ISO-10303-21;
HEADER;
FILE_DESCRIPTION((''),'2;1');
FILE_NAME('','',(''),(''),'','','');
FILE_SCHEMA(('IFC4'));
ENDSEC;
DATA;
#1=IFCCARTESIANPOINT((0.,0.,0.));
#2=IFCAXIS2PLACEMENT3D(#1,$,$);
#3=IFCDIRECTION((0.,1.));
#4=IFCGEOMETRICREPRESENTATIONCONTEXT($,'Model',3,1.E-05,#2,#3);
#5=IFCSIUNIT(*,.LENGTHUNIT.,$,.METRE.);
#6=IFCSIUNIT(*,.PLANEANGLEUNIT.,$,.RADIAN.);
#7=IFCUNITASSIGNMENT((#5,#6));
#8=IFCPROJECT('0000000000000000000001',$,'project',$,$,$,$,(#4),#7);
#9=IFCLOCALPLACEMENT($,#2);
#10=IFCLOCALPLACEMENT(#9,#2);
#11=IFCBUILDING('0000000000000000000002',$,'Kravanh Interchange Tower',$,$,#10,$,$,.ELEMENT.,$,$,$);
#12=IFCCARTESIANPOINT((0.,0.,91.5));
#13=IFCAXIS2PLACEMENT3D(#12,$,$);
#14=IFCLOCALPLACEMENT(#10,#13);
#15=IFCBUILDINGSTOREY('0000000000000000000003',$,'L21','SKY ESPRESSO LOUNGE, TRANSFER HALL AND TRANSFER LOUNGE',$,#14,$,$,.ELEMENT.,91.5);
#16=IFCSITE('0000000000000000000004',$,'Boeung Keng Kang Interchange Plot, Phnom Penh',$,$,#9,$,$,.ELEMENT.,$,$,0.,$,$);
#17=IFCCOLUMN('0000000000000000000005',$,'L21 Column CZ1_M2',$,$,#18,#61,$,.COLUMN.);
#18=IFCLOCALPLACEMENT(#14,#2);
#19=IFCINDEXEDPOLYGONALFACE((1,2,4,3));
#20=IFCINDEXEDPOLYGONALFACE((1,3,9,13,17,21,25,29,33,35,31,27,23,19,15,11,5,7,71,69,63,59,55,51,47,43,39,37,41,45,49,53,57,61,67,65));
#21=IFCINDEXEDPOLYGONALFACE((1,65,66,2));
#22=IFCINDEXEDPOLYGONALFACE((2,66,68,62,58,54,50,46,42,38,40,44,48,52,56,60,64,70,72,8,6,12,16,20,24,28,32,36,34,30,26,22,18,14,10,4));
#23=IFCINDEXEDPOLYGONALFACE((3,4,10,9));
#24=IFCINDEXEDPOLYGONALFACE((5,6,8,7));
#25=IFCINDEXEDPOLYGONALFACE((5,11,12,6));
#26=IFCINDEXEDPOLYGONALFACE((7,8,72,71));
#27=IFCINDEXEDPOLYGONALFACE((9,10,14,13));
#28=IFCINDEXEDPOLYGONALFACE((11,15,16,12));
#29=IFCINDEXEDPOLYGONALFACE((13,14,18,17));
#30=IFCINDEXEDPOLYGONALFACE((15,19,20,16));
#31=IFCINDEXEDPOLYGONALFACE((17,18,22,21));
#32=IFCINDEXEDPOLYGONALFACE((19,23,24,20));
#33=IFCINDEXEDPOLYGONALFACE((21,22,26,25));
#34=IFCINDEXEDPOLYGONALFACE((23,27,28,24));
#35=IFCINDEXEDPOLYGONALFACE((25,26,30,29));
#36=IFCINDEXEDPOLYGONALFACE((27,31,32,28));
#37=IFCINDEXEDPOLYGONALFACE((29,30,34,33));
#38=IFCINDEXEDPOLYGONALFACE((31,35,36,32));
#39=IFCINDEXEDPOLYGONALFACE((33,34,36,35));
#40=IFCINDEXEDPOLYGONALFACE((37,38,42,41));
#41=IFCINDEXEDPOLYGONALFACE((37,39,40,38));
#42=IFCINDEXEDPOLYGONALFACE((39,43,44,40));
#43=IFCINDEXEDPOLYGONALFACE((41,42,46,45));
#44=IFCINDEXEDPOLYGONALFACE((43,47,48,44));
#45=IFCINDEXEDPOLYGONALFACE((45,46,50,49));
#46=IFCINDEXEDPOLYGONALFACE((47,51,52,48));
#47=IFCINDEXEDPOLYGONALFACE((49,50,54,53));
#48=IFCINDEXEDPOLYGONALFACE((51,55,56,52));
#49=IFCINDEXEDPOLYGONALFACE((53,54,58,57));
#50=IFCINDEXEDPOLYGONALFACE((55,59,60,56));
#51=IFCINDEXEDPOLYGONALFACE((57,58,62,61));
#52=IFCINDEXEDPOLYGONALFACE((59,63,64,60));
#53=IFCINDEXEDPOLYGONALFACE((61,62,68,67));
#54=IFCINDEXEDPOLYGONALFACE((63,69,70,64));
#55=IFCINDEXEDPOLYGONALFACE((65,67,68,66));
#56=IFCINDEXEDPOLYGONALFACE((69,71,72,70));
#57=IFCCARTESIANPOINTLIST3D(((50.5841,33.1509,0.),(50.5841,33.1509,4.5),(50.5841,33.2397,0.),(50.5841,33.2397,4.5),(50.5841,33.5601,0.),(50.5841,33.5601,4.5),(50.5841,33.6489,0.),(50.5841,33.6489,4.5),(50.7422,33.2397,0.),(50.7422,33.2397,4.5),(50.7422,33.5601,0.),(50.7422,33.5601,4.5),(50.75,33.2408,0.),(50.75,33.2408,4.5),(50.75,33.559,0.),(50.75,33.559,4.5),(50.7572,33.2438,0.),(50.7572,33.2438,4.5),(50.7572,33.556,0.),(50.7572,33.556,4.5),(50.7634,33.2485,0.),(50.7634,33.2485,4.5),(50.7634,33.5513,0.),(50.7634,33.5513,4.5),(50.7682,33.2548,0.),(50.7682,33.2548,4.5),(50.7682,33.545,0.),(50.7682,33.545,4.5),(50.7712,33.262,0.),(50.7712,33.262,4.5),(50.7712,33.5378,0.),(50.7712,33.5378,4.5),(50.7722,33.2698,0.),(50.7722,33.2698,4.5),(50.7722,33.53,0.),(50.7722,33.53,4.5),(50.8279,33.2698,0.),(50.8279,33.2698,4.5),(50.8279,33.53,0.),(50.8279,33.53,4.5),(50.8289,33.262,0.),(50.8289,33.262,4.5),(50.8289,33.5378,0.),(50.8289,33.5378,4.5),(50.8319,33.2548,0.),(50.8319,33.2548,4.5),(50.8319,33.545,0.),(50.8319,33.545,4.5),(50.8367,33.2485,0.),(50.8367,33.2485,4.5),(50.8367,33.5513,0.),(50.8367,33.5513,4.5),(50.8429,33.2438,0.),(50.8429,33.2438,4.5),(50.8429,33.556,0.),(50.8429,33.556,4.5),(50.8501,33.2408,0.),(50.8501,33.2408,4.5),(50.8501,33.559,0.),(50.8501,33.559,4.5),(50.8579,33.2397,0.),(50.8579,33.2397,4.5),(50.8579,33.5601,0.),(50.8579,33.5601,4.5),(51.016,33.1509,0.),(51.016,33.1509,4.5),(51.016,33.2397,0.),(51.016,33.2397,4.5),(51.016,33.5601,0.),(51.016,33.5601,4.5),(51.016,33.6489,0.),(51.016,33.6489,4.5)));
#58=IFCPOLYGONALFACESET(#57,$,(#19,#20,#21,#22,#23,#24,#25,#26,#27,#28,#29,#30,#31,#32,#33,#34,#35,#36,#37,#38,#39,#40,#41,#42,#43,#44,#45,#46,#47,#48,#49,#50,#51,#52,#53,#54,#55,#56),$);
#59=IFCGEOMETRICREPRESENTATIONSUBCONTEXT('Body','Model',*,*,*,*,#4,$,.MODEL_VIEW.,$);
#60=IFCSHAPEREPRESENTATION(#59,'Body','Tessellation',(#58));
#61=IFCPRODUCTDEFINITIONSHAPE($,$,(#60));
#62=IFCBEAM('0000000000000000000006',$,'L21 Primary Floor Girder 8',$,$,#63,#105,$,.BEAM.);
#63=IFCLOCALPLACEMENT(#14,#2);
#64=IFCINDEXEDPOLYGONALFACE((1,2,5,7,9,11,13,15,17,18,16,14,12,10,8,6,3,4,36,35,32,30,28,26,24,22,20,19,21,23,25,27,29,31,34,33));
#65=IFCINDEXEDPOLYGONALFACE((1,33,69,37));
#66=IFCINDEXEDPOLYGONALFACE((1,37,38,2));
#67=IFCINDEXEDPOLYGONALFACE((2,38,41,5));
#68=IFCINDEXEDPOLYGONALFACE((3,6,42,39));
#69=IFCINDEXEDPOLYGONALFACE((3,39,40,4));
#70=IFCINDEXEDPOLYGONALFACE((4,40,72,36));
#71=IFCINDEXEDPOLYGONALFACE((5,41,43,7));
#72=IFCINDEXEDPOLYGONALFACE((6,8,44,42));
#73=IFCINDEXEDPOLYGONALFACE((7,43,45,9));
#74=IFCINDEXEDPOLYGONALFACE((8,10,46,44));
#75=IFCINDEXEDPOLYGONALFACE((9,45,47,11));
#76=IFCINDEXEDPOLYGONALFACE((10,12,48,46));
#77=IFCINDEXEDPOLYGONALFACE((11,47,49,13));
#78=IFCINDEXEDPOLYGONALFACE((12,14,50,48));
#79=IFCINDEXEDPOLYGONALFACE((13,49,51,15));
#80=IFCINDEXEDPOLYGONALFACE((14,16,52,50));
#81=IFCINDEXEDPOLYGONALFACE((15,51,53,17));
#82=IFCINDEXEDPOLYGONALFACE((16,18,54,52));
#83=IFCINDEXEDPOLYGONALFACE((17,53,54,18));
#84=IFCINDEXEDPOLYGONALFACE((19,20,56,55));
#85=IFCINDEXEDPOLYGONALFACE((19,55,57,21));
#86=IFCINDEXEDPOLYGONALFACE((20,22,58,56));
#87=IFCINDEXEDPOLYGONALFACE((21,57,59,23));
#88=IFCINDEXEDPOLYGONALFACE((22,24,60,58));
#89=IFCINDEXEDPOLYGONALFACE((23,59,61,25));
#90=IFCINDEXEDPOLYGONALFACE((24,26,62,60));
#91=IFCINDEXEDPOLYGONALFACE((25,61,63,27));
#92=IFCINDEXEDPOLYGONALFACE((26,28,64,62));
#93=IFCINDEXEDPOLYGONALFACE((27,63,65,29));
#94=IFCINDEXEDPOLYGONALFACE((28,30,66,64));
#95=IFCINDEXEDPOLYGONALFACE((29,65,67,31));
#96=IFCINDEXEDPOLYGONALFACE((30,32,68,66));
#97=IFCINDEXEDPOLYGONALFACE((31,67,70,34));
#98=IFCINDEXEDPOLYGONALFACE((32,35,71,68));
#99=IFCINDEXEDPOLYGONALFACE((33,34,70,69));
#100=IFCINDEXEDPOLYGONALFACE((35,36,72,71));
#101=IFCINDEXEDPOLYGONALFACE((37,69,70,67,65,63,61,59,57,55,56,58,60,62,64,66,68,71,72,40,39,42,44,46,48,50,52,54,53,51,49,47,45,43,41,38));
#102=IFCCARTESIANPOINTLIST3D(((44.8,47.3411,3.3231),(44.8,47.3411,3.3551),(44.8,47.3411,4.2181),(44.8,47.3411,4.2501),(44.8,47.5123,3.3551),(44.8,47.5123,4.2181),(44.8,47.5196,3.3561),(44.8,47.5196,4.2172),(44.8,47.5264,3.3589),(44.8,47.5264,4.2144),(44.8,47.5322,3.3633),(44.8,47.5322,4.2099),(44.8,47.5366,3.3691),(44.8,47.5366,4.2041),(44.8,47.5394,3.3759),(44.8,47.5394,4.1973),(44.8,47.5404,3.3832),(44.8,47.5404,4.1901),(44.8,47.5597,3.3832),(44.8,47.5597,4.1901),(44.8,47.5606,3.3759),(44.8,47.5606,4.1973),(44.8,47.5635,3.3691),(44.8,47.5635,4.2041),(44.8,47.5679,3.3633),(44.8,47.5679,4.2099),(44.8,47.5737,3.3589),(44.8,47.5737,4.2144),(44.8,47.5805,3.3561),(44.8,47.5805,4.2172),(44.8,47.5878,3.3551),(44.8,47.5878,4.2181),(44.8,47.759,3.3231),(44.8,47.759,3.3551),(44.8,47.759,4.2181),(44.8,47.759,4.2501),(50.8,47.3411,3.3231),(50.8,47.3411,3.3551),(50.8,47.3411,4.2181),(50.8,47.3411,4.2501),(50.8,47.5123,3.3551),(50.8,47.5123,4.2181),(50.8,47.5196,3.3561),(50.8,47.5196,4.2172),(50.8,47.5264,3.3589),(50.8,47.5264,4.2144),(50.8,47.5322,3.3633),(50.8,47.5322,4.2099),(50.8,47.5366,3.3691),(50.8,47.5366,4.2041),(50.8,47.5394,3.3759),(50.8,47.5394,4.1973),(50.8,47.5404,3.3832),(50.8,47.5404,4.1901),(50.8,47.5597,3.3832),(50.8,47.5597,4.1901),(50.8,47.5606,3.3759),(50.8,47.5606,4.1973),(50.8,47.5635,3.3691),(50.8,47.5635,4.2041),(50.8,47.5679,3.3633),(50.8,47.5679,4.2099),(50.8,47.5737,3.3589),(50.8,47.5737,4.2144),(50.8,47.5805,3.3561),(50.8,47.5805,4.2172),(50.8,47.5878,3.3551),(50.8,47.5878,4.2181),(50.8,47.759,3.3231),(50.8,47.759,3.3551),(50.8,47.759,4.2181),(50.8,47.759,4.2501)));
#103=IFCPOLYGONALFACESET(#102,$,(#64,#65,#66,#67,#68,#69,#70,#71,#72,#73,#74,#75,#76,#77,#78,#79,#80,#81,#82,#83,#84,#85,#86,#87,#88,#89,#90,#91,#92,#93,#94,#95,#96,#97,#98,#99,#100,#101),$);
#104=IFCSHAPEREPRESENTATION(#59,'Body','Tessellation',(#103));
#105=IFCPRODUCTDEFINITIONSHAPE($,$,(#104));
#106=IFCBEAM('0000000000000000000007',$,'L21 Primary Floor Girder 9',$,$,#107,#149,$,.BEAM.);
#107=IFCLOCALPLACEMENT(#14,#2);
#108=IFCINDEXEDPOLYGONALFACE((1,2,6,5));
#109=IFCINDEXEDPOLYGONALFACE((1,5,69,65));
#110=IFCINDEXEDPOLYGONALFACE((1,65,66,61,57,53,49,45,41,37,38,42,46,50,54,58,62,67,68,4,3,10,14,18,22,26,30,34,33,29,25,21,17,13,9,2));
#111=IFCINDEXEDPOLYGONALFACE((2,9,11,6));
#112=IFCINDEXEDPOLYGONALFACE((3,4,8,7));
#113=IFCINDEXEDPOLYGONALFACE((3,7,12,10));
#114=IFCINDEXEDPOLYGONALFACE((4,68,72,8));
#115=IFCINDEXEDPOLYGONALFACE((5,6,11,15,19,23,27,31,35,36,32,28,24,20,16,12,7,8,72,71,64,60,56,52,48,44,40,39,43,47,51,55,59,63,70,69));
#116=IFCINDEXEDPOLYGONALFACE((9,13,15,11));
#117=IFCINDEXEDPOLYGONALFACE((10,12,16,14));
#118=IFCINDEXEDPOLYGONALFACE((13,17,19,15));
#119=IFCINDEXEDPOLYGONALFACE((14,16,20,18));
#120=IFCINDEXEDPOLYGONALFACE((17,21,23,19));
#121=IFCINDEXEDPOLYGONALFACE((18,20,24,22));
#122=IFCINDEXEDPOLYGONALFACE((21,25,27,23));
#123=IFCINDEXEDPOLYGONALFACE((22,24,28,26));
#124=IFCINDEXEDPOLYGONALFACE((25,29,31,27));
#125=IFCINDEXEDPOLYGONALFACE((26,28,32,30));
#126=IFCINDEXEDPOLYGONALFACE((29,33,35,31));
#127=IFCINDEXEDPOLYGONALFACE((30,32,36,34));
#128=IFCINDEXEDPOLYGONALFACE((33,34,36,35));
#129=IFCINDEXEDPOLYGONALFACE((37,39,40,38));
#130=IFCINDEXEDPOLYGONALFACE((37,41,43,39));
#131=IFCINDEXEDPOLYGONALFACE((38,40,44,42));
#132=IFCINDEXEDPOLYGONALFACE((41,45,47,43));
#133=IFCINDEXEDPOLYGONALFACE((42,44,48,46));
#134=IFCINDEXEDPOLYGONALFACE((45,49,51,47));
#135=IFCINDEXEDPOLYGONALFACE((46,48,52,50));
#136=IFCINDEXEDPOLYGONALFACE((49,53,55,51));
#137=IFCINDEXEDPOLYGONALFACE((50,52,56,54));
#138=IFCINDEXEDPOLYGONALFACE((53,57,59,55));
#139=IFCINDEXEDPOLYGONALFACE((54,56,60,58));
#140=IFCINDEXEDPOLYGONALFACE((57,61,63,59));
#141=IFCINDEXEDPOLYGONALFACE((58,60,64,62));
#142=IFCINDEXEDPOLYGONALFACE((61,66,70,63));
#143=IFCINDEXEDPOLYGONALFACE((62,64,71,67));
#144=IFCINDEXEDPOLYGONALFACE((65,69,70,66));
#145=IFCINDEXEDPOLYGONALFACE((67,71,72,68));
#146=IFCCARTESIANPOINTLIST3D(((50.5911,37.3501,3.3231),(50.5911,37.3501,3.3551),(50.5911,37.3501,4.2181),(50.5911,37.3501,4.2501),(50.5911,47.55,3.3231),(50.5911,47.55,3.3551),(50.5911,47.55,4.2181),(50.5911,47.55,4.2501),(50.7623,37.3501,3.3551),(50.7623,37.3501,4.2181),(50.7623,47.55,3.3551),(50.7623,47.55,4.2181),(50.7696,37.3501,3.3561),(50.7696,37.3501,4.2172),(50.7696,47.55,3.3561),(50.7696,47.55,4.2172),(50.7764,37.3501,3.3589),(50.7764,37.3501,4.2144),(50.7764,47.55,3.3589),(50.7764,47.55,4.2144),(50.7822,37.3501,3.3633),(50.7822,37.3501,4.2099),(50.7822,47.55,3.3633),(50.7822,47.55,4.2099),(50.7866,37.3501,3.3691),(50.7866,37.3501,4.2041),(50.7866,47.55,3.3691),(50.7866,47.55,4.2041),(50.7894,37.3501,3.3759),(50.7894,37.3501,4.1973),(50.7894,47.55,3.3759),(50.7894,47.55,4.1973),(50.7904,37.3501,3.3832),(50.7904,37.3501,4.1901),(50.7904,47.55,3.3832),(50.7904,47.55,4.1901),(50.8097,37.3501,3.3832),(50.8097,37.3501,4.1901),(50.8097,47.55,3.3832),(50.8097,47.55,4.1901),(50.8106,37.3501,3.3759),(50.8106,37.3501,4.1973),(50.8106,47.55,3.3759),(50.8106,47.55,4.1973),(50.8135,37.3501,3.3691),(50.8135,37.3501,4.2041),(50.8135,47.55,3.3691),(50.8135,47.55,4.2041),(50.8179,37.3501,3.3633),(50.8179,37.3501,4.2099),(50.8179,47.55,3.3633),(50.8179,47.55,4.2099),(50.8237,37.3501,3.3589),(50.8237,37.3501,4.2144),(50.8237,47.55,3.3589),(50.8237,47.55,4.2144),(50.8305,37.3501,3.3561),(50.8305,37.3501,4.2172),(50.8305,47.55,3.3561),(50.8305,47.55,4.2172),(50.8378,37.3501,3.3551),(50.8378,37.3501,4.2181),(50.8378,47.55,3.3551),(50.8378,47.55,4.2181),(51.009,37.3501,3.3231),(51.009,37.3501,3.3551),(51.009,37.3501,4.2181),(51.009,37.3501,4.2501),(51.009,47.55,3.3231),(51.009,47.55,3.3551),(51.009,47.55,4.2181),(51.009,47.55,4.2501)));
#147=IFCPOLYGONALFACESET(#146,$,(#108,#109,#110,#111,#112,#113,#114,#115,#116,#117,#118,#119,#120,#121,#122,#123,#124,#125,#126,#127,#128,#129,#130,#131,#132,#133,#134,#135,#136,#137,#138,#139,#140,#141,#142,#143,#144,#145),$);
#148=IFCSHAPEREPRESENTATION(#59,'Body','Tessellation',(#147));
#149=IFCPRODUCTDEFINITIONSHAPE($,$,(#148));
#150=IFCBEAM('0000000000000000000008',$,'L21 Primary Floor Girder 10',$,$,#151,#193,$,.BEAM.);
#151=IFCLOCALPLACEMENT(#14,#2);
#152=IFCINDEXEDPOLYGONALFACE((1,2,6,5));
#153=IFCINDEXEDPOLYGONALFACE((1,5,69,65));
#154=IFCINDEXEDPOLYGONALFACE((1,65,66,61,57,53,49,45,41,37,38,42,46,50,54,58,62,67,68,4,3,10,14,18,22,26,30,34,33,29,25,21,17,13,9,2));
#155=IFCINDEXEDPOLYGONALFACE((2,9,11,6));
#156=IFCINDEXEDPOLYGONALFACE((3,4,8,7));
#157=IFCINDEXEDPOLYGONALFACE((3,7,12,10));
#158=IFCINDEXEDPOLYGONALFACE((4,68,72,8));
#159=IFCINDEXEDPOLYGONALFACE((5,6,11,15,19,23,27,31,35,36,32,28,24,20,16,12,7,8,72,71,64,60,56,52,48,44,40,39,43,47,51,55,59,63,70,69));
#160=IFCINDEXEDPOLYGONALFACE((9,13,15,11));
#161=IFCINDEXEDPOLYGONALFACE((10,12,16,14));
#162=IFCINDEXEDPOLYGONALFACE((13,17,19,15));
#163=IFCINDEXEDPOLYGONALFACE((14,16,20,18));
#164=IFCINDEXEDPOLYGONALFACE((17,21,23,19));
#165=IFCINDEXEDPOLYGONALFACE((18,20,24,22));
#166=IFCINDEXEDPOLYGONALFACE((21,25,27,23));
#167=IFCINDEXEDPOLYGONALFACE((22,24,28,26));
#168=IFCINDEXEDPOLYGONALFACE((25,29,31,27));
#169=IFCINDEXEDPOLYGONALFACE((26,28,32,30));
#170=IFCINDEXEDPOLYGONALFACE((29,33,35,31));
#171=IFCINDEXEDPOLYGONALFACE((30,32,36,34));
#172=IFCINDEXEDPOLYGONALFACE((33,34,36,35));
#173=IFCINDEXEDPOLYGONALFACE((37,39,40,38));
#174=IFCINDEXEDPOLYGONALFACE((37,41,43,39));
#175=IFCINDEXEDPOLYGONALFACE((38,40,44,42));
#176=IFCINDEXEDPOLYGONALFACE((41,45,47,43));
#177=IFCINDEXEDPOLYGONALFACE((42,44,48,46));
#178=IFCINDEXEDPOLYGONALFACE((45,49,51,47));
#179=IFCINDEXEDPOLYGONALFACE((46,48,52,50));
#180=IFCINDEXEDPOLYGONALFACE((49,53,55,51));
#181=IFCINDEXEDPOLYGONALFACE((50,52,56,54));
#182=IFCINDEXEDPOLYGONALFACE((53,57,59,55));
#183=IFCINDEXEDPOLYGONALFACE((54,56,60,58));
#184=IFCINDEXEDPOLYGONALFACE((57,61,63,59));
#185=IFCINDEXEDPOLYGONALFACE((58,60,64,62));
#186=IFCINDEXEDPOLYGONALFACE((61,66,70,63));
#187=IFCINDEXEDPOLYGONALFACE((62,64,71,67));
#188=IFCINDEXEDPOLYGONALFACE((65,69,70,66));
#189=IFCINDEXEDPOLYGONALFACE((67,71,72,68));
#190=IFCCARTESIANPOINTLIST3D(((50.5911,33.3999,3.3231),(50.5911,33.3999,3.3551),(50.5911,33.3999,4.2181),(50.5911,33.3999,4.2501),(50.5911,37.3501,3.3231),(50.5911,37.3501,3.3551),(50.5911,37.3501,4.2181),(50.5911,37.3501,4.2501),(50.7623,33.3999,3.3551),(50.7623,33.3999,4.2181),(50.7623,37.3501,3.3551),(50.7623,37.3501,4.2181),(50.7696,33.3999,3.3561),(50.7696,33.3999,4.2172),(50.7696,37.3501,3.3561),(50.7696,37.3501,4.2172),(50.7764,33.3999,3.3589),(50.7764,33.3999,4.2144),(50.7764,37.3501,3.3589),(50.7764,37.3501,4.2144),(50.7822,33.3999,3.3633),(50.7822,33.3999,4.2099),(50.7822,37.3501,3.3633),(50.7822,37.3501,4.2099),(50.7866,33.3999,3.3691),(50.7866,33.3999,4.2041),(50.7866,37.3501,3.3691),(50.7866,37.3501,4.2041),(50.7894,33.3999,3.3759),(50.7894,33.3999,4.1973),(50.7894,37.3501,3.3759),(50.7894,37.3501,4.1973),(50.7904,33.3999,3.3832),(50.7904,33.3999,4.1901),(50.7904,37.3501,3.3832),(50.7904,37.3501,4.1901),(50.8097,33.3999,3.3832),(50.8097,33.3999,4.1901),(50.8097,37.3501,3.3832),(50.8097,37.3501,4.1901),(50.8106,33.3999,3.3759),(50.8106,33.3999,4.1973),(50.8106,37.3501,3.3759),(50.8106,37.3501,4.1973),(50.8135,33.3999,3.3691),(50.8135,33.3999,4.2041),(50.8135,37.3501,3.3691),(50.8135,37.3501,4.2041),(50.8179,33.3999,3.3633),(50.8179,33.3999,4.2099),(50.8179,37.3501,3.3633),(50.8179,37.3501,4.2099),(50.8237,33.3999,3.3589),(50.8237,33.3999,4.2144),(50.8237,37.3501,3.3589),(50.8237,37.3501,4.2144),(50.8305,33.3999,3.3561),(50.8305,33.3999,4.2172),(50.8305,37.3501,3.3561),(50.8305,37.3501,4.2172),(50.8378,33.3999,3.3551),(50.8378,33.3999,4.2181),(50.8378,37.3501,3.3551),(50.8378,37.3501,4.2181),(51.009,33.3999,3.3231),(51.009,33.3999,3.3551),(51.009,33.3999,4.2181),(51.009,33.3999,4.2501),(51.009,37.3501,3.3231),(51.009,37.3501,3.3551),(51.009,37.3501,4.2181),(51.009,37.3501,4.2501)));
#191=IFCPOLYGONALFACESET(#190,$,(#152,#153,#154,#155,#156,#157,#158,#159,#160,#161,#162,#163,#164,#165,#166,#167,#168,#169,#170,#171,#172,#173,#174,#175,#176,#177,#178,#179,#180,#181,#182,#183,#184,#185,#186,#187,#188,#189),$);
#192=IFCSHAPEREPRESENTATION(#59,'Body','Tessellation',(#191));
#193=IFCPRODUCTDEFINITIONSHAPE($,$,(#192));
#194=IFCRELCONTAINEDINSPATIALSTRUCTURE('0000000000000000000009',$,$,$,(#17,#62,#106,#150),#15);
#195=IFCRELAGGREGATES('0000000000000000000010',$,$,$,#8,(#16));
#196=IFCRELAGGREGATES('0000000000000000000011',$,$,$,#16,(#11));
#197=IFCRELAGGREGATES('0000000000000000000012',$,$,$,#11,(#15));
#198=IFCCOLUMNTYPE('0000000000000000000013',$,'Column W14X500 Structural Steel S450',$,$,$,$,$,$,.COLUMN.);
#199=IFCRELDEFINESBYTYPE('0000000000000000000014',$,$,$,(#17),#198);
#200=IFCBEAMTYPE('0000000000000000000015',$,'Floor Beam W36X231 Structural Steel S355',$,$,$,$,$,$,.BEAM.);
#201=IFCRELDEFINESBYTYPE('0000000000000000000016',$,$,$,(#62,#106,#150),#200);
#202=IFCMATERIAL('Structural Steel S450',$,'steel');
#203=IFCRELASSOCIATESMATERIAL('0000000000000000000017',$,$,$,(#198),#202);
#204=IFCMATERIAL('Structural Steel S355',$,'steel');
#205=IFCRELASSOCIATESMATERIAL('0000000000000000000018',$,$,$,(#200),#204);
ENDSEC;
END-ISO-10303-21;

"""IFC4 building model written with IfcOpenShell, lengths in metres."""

from ifc_helpers import new_model, si_unit, direction, frame, origin, origin_2d, place, context, subcontext, project, spatial, i_section, extrude, material, material_profile, profile_set, type_object, element, save


model = new_model("IFC4")

# Units and contexts
model_context = context("Model", 3, precision=1e-05, world=origin(), true_north=direction((0.0, 1.0)))
body_context = subcontext(model_context, "Body", "Model", "MODEL_VIEW")
ifc_project = project(units=[si_unit("LENGTHUNIT", "METRE"), si_unit("PLANEANGLEUNIT", "RADIAN")], contexts=[model_context])

# Site, building, storey
site_placement = place(None, origin())
site = spatial("IfcSite", under=ifc_project, at=site_placement, Name="Boeung Keng Kang Interchange Plot, Phnom Penh", CompositionType="ELEMENT", RefElevation=0.0)
building_placement = place(site_placement, origin())
building = spatial("IfcBuilding", under=site, at=building_placement, Name="Kravanh Interchange Tower", CompositionType="ELEMENT")
storey_placement = place(building_placement, frame((0.0, 0.0, 91.5)))
storey = spatial("IfcBuildingStorey", under=building, at=storey_placement, Name="L21", Description="SKY ESPRESSO LOUNGE, TRANSFER HALL AND TRANSFER LOUNGE", CompositionType="ELEMENT", Elevation=91.5)

# Column
ifc_material_1 = material(Name="Structural Steel S450", Category="steel")
ifc_material_profile_1 = material_profile(ifc_material_1, i_section(OverallWidth=0.4319, OverallDepth=0.498, WebThickness=0.0557, FlangeThickness=0.0889, FilletRadius=0.03, at=origin_2d()), Name="W14X500")
ifc_profile_set_1 = profile_set([ifc_material_profile_1], Name="Structural Steel S450")
column_type_1 = type_object("IfcColumnType", Name="Column W14X500 Structural Steel S450", PredefinedType="COLUMN", material=ifc_profile_set_1)
for number, where, z_axis, x_axis, name in (
    (1, (50.8, 33.3999, 0.0), (0.0, 0.0, 1.0), (1.0, 0.0, 0.0), "L21 Column CZ1_M2"),
):
    element("IfcColumn", number, at=place(storey_placement, frame(where, z_axis=z_axis, x_axis=x_axis)), inside=storey, type_object=column_type_1, Name=name, PredefinedType="COLUMN", context=body_context, shape_type="SweptSolid", body=[
        extrude(i_section(OverallWidth=0.4319, OverallDepth=0.498, WebThickness=0.0557, FlangeThickness=0.0889, FilletRadius=0.03, at=origin_2d()), origin(), (0.0, 0.0, 1.0), 4.5),
    ])

# Beams
ifc_material_2 = material(Name="Structural Steel S355", Category="steel")
ifc_material_profile_2 = material_profile(ifc_material_2, i_section(OverallWidth=0.418, OverallDepth=0.927, WebThickness=0.0193, FlangeThickness=0.032, FilletRadius=0.0281, at=origin_2d()), Name="W36X231")
ifc_profile_set_2 = profile_set([ifc_material_profile_2], Name="Structural Steel S355")
beam_type_1 = type_object("IfcBeamType", Name="Floor Beam W36X231 Structural Steel S355", PredefinedType="BEAM", material=ifc_profile_set_2)
beam_1_placement = place(storey_placement, frame((50.8, 47.55, 3.7866), z_axis=(-1.0, 0.0, 0.0), x_axis=(0.0, -1.0, 0.0)))
element("IfcBeam", 2, at=beam_1_placement, inside=storey, type_object=beam_type_1, Name="L21 Primary Floor Girder 8", PredefinedType="BEAM", context=body_context, shape_type="SweptSolid", body=[
    extrude(i_section(OverallWidth=0.418, OverallDepth=0.927, WebThickness=0.0193, FlangeThickness=0.032, FilletRadius=0.0281, at=origin_2d()), origin(), (0.0, 0.0, 1.0), 6.0),
])
beam_2_placement = place(storey_placement, frame((50.8, 47.55, 3.7866), z_axis=(0.0, -1.0, 0.0), x_axis=(1.0, 0.0, 0.0)))
element("IfcBeam", 3, at=beam_2_placement, inside=storey, type_object=beam_type_1, Name="L21 Primary Floor Girder 9", PredefinedType="BEAM", context=body_context, shape_type="SweptSolid", body=[
    extrude(i_section(OverallWidth=0.418, OverallDepth=0.927, WebThickness=0.0193, FlangeThickness=0.032, FilletRadius=0.0281, at=origin_2d()), origin(), (0.0, 0.0, 1.0), 10.2),
])
beam_3_placement = place(storey_placement, frame((50.8, 37.3501, 3.7866), z_axis=(0.0, -1.0, 0.0), x_axis=(1.0, 0.0, 0.0)))
element("IfcBeam", 4, at=beam_3_placement, inside=storey, type_object=beam_type_1, Name="L21 Primary Floor Girder 10", PredefinedType="BEAM", context=body_context, shape_type="SweptSolid", body=[
    extrude(i_section(OverallWidth=0.418, OverallDepth=0.927, WebThickness=0.0193, FlangeThickness=0.032, FilletRadius=0.0281, at=origin_2d()), origin(), (0.0, 0.0, 1.0), 3.9502),
])

save(model, "model.ifc")
